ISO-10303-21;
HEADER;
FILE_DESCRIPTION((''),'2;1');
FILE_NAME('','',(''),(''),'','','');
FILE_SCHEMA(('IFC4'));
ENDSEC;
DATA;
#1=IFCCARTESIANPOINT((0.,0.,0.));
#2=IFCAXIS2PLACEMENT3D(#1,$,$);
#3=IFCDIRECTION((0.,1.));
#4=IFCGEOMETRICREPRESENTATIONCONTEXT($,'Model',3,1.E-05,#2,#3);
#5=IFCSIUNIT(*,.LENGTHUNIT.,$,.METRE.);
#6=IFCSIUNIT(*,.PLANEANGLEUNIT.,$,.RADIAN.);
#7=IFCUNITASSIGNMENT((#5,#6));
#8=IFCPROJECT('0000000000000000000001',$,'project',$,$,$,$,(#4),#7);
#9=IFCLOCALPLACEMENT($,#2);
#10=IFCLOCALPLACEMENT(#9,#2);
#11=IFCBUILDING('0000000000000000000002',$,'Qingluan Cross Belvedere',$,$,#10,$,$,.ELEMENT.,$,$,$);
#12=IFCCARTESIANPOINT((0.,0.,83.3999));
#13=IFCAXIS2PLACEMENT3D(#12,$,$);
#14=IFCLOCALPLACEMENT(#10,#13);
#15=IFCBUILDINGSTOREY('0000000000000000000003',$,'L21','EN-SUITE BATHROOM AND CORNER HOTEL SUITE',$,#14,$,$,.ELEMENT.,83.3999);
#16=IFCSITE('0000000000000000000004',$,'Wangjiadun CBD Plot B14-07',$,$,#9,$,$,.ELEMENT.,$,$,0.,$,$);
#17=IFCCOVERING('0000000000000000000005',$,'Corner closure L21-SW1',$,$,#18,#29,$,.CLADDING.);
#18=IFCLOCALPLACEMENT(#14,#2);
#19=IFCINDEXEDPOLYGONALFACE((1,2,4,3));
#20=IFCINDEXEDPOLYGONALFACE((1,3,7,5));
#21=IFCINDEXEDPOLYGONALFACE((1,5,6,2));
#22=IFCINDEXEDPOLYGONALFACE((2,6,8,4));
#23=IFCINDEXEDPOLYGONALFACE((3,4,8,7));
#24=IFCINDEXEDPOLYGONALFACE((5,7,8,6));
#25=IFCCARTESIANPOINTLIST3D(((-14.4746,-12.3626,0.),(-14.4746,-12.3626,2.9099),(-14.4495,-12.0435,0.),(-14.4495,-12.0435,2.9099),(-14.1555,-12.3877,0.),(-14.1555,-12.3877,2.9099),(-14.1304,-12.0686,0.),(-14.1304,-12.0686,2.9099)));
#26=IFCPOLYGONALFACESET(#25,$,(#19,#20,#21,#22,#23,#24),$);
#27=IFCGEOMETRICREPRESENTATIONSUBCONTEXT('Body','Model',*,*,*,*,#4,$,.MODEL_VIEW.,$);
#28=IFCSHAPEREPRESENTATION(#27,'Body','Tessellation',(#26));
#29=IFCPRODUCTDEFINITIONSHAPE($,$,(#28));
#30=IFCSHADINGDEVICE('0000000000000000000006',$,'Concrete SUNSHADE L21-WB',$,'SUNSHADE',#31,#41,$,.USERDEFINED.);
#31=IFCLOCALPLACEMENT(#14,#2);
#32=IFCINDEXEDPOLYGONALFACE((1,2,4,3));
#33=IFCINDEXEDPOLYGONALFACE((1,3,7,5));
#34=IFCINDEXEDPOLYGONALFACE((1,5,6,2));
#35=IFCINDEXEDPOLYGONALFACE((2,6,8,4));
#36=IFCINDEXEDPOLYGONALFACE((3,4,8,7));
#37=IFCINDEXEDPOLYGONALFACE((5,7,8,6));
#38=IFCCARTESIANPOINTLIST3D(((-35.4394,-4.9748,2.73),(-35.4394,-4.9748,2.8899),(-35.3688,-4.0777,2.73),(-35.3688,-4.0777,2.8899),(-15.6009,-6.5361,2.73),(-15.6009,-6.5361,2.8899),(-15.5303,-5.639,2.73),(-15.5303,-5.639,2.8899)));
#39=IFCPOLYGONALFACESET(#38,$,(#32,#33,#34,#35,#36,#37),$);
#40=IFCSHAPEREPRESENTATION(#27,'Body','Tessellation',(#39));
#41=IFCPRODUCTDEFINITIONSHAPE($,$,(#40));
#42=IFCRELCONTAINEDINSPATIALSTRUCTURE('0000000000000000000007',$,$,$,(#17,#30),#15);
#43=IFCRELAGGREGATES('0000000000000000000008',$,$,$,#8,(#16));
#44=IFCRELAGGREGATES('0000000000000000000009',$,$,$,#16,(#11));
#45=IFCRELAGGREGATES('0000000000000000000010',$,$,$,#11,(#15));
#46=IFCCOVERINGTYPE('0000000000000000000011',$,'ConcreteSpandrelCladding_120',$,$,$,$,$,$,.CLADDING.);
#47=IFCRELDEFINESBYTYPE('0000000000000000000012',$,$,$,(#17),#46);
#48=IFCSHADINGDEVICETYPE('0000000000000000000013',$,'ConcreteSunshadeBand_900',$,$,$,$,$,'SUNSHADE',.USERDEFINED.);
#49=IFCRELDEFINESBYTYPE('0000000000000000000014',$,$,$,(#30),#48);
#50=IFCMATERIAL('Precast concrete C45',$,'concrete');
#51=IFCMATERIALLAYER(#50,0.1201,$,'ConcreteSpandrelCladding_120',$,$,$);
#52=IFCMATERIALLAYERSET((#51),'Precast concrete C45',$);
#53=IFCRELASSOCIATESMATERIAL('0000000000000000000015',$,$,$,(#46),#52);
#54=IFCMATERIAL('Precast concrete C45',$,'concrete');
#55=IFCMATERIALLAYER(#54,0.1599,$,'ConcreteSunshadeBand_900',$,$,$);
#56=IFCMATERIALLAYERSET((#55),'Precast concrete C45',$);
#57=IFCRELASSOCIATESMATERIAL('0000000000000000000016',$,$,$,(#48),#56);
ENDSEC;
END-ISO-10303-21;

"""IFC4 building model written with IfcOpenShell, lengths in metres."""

from ifc_helpers import new_model, si_unit, direction, frame, origin, origin_2d, place, context, subcontext, project, spatial, rectangle, extrude, material, layer, layer_set, type_object, element, save


model = new_model("IFC4")

# Units and contexts
model_context = context("Model", 3, precision=1e-05, world=origin(), true_north=direction((0.0, 1.0)))
body_context = subcontext(model_context, "Body", "Model", "MODEL_VIEW")
ifc_project = project(units=[si_unit("LENGTHUNIT", "METRE"), si_unit("PLANEANGLEUNIT", "RADIAN")], contexts=[model_context])

# Site, building, storey
site_placement = place(None, origin())
site = spatial("IfcSite", under=ifc_project, at=site_placement, Name="Wangjiadun CBD Plot B14-07", CompositionType="ELEMENT", RefElevation=0.0)
building_placement = place(site_placement, origin())
building = spatial("IfcBuilding", under=site, at=building_placement, Name="Qingluan Cross Belvedere", CompositionType="ELEMENT")
storey_placement = place(building_placement, frame((0.0, 0.0, 83.3999)))
storey = spatial("IfcBuildingStorey", under=building, at=storey_placement, Name="L21", Description="EN-SUITE BATHROOM AND CORNER HOTEL SUITE", CompositionType="ELEMENT", Elevation=83.3999)

# Covering
ifc_material_1 = material(Name="Precast concrete C45", Category="concrete")
ifc_layer_1 = layer(ifc_material_1, 0.1201, Name="ConcreteSpandrelCladding_120")
ifc_layer_set_1 = layer_set([ifc_layer_1], Name="Precast concrete C45")
covering_type = type_object("IfcCoveringType", Name="ConcreteSpandrelCladding_120", PredefinedType="CLADDING", material=ifc_layer_set_1)
covering_placement = place(storey_placement, frame((-14.3025, -12.2156, 0.0), z_axis=(0.0, 0.0, 1.0), x_axis=(0.996917, -0.078459, 0.0)))
element("IfcCovering", 1, at=covering_placement, inside=storey, type_object=covering_type, Name="Corner closure L21-SW1", PredefinedType="CLADDING", context=body_context, shape_type="SweptSolid", body=[
    extrude(rectangle(XDim=0.3201, YDim=0.3201, at=origin_2d()), origin(), (0.0, 0.0, 1.0), 2.9099),
])

# Shading device
ifc_material_2 = material(Name="Precast concrete C45", Category="concrete")
ifc_layer_2 = layer(ifc_material_2, 0.1599, Name="ConcreteSunshadeBand_900")
ifc_layer_set_2 = layer_set([ifc_layer_2], Name="Precast concrete C45")
shading_device_type = type_object("IfcShadingDeviceType", Name="ConcreteSunshadeBand_900", ElementType="SUNSHADE", PredefinedType="USERDEFINED", material=ifc_layer_set_2)
shading_device_placement = place(storey_placement, frame((-25.4849, -5.3069, 2.73), z_axis=(0.0, 0.0, 1.0), x_axis=(0.996917, -0.078458, 0.0)))
element("IfcShadingDevice", 2, at=shading_device_placement, inside=storey, type_object=shading_device_type, Name="Concrete SUNSHADE L21-WB", ObjectType="SUNSHADE", PredefinedType="USERDEFINED", context=body_context, shape_type="SweptSolid", body=[
    extrude(rectangle(XDim=19.8999, YDim=0.8999, at=origin_2d()), origin(), (0.0, 0.0, 1.0), 0.1599),
])

save(model, "model.ifc")
